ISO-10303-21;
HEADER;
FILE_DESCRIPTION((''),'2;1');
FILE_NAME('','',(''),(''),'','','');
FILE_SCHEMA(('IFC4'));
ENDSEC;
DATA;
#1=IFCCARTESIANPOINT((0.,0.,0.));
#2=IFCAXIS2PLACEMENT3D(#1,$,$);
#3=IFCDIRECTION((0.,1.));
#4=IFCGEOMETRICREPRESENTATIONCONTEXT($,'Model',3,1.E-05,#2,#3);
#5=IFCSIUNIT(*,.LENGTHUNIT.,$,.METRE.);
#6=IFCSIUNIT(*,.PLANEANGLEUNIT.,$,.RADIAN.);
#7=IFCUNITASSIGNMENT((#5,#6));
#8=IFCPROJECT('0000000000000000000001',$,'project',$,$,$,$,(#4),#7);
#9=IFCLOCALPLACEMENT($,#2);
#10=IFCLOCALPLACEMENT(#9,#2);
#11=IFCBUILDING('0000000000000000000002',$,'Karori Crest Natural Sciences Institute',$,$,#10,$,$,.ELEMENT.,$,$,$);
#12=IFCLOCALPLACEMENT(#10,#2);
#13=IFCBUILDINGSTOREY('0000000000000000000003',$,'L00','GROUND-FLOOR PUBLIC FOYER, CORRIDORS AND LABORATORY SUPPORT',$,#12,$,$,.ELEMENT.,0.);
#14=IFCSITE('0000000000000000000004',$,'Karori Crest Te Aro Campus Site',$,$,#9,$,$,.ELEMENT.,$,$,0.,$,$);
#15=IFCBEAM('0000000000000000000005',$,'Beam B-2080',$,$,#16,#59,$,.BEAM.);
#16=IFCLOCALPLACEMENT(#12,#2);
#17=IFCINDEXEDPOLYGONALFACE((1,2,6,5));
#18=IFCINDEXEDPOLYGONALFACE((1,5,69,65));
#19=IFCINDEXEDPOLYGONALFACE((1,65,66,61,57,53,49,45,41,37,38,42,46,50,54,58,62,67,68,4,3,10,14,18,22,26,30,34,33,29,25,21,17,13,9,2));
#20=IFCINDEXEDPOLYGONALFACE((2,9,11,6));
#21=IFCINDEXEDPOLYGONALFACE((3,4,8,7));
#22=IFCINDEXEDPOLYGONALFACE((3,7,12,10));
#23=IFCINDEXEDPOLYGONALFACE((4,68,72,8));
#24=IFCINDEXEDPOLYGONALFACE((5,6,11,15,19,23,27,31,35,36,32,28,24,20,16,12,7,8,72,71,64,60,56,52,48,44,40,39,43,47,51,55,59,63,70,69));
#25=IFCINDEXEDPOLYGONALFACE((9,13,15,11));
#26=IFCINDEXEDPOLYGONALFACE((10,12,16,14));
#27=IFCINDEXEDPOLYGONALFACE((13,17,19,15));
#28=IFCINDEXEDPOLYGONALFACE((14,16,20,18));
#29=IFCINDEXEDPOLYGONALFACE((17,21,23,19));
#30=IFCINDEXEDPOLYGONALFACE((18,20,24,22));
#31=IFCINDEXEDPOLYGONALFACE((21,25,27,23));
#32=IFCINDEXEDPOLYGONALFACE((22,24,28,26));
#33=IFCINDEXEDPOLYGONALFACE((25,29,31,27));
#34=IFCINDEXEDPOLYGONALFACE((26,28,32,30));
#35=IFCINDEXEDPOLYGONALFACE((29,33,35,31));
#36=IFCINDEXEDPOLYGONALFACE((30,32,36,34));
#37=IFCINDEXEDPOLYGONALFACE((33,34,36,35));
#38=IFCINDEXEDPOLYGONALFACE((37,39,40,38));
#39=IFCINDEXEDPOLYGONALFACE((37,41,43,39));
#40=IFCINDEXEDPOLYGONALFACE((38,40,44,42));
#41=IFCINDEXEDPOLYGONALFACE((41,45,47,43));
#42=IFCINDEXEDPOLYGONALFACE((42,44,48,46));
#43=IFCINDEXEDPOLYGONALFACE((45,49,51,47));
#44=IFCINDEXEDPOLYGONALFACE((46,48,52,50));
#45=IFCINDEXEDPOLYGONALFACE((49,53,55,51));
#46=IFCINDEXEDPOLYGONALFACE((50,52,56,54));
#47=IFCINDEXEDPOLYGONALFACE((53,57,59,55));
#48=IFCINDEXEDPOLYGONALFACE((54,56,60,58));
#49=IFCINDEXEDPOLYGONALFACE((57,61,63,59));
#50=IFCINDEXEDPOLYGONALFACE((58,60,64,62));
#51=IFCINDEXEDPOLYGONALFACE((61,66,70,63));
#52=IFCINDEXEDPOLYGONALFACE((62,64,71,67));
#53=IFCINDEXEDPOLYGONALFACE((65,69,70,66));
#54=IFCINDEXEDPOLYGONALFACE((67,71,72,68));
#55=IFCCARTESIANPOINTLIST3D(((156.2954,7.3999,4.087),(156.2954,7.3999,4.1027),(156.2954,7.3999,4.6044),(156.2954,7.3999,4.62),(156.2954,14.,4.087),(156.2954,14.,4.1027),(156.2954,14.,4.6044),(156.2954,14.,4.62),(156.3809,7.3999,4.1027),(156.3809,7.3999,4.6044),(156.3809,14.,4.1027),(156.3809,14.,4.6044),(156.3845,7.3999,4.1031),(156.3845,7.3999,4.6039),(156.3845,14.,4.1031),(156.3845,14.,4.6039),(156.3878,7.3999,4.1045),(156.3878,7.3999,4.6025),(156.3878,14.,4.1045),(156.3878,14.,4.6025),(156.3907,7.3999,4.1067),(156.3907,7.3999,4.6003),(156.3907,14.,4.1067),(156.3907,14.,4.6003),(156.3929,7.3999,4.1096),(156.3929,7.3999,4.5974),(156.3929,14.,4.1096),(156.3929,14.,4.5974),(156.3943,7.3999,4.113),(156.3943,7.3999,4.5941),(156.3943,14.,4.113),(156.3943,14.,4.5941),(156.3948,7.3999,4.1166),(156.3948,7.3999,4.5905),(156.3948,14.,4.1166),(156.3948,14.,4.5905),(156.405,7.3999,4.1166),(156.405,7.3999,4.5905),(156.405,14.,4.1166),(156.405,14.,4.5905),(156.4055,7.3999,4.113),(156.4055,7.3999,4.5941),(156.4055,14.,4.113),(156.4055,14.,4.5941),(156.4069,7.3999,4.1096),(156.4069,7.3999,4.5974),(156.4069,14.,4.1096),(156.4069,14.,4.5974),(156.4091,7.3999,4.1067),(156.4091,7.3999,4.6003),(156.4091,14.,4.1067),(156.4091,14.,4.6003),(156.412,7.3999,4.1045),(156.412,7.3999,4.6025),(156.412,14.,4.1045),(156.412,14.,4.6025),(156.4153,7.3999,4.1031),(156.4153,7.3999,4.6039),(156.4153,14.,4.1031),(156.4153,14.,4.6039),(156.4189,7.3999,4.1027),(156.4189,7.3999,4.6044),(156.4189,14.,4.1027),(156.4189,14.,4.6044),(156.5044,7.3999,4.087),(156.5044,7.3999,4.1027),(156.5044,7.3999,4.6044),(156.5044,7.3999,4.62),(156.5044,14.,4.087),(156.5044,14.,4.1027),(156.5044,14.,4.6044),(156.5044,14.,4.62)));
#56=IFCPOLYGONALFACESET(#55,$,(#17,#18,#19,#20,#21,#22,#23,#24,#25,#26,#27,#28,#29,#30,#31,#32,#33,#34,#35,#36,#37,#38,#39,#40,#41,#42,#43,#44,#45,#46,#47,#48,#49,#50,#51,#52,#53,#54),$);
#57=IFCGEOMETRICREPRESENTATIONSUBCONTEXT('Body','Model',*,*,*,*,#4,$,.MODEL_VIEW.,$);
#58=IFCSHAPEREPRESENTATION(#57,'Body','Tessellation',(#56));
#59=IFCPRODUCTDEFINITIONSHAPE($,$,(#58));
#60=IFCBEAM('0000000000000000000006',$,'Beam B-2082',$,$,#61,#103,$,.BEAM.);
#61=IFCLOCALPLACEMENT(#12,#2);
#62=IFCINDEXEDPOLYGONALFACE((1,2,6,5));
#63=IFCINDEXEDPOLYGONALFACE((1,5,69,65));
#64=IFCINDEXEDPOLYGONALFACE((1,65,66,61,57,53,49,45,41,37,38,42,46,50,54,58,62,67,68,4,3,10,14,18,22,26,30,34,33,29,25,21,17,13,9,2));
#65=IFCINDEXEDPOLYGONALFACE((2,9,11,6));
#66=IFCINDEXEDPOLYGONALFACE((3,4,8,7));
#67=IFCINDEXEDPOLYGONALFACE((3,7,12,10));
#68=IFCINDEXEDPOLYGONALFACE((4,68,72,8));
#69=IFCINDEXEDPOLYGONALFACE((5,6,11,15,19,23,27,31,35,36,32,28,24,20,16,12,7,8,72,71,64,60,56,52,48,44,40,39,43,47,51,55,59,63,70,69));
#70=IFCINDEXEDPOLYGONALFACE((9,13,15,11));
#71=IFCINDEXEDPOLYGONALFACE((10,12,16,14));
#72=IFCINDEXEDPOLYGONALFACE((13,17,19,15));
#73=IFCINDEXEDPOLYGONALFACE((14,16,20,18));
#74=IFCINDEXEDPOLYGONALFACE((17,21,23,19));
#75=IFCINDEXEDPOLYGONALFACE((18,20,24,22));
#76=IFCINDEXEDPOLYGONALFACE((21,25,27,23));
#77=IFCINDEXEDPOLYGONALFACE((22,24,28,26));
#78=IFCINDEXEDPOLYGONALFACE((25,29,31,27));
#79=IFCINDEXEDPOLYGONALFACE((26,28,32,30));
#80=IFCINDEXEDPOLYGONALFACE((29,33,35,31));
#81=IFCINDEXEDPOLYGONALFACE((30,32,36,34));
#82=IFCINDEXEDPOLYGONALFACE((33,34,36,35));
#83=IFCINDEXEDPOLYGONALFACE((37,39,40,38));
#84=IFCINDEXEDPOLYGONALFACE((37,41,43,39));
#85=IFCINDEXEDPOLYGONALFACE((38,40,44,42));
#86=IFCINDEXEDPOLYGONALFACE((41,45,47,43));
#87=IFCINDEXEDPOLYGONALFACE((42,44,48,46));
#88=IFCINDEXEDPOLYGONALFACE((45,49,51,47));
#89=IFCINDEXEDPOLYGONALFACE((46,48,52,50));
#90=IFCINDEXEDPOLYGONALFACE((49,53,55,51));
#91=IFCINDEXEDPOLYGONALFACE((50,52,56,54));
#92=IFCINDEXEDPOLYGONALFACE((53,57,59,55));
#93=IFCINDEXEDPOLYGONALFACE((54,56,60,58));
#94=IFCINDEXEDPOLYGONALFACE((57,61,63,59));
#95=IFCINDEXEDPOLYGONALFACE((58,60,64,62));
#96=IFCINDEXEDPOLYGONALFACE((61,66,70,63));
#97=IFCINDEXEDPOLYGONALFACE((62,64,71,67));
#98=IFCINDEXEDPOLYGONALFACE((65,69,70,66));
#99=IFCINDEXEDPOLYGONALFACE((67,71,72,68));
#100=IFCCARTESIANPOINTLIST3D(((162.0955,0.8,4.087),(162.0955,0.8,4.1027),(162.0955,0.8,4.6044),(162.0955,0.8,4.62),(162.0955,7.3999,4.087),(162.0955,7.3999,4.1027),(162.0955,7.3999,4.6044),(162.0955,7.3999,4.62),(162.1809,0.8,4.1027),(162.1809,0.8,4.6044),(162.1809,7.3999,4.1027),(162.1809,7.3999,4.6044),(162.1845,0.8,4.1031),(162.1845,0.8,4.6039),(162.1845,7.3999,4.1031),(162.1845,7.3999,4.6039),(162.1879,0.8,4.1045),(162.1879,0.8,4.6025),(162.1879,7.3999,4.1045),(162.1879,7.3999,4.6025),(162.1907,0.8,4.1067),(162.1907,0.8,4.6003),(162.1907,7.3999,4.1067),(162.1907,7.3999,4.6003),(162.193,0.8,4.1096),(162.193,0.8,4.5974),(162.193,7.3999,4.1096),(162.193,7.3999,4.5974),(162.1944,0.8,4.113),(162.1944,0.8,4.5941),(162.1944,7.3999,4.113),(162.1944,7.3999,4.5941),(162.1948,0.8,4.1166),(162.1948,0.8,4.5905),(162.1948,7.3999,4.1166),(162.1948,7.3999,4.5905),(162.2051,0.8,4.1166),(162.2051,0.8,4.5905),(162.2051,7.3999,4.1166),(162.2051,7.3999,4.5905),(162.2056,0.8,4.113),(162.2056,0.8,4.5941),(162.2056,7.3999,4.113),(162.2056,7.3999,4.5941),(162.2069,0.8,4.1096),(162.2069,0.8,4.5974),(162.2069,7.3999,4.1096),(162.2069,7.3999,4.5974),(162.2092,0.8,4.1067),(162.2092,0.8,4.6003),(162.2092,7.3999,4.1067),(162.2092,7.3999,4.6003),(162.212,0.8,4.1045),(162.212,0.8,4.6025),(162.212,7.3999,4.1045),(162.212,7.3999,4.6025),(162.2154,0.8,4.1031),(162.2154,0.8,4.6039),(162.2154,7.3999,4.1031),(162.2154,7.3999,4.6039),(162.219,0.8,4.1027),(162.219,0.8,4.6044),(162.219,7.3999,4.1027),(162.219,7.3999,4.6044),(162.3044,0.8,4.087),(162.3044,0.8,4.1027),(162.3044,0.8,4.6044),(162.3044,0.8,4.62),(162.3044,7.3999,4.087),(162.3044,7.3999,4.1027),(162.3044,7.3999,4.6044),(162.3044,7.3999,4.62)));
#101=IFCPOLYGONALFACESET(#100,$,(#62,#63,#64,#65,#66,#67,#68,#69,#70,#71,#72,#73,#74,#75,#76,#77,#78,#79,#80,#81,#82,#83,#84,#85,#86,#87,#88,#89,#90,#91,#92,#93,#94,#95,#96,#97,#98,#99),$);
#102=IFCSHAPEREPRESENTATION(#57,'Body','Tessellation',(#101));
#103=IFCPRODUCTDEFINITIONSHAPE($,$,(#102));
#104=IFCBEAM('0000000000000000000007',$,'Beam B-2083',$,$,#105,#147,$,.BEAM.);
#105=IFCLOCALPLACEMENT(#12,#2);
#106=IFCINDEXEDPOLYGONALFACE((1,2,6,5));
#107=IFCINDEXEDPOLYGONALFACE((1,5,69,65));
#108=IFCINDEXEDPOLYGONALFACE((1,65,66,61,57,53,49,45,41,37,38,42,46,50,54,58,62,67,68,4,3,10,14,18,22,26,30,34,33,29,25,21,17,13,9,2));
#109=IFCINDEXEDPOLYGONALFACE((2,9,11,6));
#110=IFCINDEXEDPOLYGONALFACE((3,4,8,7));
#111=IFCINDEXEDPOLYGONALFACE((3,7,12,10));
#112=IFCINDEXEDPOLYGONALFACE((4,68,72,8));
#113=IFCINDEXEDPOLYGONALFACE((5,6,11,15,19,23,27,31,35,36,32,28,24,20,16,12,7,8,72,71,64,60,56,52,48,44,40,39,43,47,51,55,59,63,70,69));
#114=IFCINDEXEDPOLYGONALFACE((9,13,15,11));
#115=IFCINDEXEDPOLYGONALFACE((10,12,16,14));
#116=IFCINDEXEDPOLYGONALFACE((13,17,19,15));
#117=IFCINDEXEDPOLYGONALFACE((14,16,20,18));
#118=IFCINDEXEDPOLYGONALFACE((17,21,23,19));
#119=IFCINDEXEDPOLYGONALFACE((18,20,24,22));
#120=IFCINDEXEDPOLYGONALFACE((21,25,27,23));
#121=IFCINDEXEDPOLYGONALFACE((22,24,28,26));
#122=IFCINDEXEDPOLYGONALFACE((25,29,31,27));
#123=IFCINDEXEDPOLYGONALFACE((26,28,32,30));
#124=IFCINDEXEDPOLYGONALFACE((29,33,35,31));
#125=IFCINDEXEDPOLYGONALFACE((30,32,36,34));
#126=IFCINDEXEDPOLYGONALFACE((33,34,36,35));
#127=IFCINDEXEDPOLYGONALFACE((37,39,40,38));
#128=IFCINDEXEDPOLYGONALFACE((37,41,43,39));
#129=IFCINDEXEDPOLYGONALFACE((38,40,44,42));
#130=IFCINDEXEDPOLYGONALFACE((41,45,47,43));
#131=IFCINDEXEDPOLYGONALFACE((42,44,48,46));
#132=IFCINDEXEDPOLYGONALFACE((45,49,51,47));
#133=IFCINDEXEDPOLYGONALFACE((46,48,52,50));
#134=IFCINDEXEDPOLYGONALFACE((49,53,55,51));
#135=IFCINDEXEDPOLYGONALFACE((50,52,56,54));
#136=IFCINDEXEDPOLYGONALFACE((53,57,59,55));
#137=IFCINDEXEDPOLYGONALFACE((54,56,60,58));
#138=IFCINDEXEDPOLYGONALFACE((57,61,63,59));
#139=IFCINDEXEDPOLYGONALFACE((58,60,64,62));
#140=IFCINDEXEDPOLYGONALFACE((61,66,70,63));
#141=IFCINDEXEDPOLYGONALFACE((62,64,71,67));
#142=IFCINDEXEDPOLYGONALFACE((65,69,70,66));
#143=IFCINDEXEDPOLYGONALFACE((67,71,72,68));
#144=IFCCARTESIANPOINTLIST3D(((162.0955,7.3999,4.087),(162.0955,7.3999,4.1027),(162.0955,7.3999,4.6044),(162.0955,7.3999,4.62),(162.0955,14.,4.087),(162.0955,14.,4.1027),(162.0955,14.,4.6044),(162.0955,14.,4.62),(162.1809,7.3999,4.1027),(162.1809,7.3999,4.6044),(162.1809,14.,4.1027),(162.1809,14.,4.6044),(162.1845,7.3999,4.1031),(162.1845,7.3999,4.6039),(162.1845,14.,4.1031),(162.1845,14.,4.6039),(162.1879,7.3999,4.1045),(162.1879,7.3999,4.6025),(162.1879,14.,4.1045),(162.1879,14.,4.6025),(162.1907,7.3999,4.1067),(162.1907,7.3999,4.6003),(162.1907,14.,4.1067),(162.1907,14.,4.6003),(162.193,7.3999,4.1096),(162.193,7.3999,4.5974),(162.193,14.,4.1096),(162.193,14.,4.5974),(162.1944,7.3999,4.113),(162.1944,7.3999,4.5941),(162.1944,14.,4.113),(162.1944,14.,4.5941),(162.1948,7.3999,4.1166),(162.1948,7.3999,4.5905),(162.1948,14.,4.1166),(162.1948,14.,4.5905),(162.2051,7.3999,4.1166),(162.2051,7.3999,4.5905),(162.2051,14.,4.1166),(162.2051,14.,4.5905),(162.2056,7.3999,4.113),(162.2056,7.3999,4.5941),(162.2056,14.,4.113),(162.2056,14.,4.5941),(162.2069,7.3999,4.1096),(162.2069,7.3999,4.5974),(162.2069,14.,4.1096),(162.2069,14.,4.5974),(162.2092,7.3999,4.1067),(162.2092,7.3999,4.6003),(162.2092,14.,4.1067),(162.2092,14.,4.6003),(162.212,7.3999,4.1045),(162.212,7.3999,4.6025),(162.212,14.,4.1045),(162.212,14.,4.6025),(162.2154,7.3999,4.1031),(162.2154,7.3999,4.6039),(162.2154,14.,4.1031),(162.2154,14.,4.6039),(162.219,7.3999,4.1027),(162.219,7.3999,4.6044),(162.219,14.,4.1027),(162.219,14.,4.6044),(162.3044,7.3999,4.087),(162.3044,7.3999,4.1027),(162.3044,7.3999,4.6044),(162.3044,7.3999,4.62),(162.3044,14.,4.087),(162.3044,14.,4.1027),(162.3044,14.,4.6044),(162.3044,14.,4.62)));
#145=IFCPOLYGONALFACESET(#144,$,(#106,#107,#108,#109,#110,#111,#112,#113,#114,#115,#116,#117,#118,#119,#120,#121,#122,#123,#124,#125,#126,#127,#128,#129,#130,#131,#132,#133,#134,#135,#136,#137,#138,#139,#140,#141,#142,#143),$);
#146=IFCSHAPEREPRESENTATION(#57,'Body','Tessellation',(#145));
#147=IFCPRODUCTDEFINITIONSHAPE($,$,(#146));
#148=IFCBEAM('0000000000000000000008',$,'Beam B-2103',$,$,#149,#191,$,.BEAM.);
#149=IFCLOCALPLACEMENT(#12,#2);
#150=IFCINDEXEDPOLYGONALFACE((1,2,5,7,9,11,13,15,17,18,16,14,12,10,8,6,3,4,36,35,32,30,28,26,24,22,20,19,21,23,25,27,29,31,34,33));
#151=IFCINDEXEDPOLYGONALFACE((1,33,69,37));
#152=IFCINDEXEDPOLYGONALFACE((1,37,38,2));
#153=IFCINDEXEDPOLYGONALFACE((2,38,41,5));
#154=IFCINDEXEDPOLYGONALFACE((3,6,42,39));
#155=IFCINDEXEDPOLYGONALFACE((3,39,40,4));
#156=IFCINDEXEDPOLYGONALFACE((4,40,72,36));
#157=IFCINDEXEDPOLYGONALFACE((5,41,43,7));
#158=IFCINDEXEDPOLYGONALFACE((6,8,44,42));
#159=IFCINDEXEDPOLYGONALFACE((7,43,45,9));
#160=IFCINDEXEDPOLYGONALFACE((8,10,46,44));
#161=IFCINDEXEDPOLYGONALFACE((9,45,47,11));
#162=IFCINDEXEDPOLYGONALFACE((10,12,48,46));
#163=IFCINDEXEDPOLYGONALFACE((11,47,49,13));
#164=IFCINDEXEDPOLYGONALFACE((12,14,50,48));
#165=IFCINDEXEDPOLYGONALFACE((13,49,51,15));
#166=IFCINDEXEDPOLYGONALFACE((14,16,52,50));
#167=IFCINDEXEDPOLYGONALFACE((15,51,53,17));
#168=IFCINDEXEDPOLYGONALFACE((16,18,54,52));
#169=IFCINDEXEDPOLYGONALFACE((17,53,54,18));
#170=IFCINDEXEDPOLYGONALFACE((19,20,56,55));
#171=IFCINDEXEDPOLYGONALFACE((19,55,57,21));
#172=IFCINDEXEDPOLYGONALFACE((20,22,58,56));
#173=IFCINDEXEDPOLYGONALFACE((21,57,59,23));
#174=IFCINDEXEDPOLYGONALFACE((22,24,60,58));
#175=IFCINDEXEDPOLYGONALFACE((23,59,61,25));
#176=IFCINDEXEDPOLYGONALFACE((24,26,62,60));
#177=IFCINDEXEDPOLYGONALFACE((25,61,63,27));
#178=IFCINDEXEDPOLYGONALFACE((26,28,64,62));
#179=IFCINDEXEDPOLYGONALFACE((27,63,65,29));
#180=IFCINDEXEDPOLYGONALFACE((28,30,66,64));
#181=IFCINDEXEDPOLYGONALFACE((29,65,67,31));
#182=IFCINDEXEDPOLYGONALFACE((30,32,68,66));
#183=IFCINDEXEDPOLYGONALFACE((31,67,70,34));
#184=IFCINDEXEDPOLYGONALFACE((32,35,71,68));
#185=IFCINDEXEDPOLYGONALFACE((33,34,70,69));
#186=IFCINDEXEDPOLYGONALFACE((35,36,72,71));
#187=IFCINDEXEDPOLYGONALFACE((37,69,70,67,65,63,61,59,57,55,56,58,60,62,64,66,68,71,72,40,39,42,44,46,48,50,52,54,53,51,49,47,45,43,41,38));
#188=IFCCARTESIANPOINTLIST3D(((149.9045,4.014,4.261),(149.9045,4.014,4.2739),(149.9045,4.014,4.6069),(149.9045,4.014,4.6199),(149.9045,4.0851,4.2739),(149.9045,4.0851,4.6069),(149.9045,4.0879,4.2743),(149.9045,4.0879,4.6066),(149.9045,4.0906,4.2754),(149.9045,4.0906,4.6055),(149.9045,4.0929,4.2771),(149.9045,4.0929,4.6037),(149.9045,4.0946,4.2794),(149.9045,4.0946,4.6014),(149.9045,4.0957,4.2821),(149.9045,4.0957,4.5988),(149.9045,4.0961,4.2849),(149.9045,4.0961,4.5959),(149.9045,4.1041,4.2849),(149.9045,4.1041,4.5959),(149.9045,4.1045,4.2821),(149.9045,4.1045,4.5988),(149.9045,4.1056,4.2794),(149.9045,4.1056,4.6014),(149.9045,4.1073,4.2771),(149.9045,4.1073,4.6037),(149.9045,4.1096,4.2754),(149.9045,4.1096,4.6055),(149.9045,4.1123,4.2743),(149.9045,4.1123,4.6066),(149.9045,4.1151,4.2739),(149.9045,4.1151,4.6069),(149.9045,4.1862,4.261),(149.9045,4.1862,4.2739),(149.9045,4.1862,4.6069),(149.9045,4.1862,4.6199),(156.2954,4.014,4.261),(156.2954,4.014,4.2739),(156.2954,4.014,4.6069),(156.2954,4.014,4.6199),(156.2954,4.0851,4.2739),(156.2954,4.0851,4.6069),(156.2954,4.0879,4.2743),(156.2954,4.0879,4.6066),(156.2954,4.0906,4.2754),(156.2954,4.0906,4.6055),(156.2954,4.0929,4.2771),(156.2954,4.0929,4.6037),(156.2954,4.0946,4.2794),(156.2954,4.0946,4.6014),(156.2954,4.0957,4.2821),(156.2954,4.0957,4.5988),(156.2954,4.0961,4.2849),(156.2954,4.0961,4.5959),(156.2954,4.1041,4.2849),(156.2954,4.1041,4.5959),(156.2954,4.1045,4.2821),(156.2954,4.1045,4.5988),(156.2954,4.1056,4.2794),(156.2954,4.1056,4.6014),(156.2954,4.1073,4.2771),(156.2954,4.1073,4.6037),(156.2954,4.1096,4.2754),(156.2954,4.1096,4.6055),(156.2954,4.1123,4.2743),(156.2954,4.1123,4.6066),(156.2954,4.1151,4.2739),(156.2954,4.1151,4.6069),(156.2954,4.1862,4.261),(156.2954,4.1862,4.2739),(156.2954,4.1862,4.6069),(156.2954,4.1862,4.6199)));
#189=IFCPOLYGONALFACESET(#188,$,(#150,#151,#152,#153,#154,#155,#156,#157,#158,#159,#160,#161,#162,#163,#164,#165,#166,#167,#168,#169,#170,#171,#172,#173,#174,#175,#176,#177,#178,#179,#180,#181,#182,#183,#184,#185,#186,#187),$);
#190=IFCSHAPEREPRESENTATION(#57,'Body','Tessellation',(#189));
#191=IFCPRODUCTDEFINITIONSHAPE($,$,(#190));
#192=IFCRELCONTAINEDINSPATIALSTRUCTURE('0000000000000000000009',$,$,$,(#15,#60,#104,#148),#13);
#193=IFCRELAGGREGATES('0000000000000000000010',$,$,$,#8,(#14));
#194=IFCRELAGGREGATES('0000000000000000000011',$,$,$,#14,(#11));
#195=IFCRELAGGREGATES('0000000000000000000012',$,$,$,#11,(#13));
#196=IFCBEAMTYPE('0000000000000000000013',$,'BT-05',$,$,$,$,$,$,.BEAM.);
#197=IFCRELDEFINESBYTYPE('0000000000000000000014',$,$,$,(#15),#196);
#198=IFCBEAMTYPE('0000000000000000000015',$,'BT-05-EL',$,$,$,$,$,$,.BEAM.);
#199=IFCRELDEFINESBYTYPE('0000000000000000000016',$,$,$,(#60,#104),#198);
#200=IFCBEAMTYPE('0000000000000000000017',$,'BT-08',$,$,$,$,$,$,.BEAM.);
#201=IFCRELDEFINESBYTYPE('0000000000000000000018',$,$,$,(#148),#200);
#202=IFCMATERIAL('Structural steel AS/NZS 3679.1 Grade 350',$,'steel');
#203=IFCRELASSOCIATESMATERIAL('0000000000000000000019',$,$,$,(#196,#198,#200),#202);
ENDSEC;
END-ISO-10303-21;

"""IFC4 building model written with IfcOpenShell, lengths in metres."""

from ifc_helpers import new_model, si_unit, direction, frame, origin, origin_2d, place, context, subcontext, project, spatial, i_section, extrude, material, material_profile, profile_set, type_object, element, save


model = new_model("IFC4")

# Units and contexts
model_context = context("Model", 3, precision=1e-05, world=origin(), true_north=direction((0.0, 1.0)))
body_context = subcontext(model_context, "Body", "Model", "MODEL_VIEW")
ifc_project = project(units=[si_unit("LENGTHUNIT", "METRE"), si_unit("PLANEANGLEUNIT", "RADIAN")], contexts=[model_context])

# Site, building, storey
site_placement = place(None, origin())
site = spatial("IfcSite", under=ifc_project, at=site_placement, Name="Karori Crest Te Aro Campus Site", CompositionType="ELEMENT", RefElevation=0.0)
building_placement = place(site_placement, origin())
building = spatial("IfcBuilding", under=site, at=building_placement, Name="Karori Crest Natural Sciences Institute", CompositionType="ELEMENT")
storey_placement = place(building_placement, origin())
storey = spatial("IfcBuildingStorey", under=building, at=storey_placement, Name="L00", Description="GROUND-FLOOR PUBLIC FOYER, CORRIDORS AND LABORATORY SUPPORT", CompositionType="ELEMENT", Elevation=0.0)

# Shared definitions
ifc_material_1 = material(Name="Structural steel AS/NZS 3679.1 Grade 350", Category="steel")

# Beams
ifc_material_profile_1 = material_profile(ifc_material_1, i_section(OverallWidth=0.209, OverallDepth=0.533, WebThickness=0.0103, FlangeThickness=0.0156, FilletRadius=0.0139, at=origin_2d()), Name="530UB92.4")
ifc_profile_set_1 = profile_set([ifc_material_profile_1], Name="Structural steel AS/NZS 3679.1 Grade 350")
beam_type_1 = type_object("IfcBeamType", Name="BT-05", PredefinedType="BEAM", material=ifc_profile_set_1)
beam_1_placement = place(storey_placement, frame((156.3999, 7.3999, 4.3535), z_axis=(0.0, 1.0, 0.0), x_axis=(-1.0, 0.0, 0.0)))
element("IfcBeam", 1, at=beam_1_placement, inside=storey, type_object=beam_type_1, Name="Beam B-2080", PredefinedType="BEAM", context=body_context, shape_type="SweptSolid", body=[
    extrude(i_section(OverallWidth=0.209, OverallDepth=0.533, WebThickness=0.0103, FlangeThickness=0.0156, FilletRadius=0.0139, at=origin_2d()), origin(), (0.0, 0.0, 1.0), 6.6001),
])
ifc_material_profile_2 = material_profile(ifc_material_1, i_section(OverallWidth=0.209, OverallDepth=0.533, WebThickness=0.0103, FlangeThickness=0.0156, FilletRadius=0.0139, at=origin_2d()), Name="530UB92.4")
ifc_profile_set_2 = profile_set([ifc_material_profile_2], Name="Structural steel AS/NZS 3679.1 Grade 350")
beam_type_2 = type_object("IfcBeamType", Name="BT-05-EL", PredefinedType="BEAM", material=ifc_profile_set_2)
beam_2_placement = place(storey_placement, frame((162.2, 0.8, 4.3535), z_axis=(0.0, 1.0, 0.0), x_axis=(-1.0, 0.0, 0.0)))
element("IfcBeam", 2, at=beam_2_placement, inside=storey, type_object=beam_type_2, Name="Beam B-2082", PredefinedType="BEAM", context=body_context, shape_type="SweptSolid", body=[
    extrude(i_section(OverallWidth=0.209, OverallDepth=0.533, WebThickness=0.0103, FlangeThickness=0.0156, FilletRadius=0.0139, at=origin_2d()), origin(), (0.0, 0.0, 1.0), 6.5999),
])
beam_3_placement = place(storey_placement, frame((162.2, 7.3999, 4.3535), z_axis=(0.0, 1.0, 0.0), x_axis=(-1.0, 0.0, 0.0)))
element("IfcBeam", 3, at=beam_3_placement, inside=storey, type_object=beam_type_2, Name="Beam B-2083", PredefinedType="BEAM", context=body_context, shape_type="SweptSolid", body=[
    extrude(i_section(OverallWidth=0.209, OverallDepth=0.533, WebThickness=0.0103, FlangeThickness=0.0156, FilletRadius=0.0139, at=origin_2d()), origin(), (0.0, 0.0, 1.0), 6.6001),
])
ifc_material_profile_3 = material_profile(ifc_material_1, i_section(OverallWidth=0.1721, OverallDepth=0.3589, WebThickness=0.0081, FlangeThickness=0.0129, FilletRadius=0.011, at=origin_2d()), Name="360UB56.7")
ifc_profile_set_3 = profile_set([ifc_material_profile_3], Name="Structural steel AS/NZS 3679.1 Grade 350")
beam_type_3 = type_object("IfcBeamType", Name="BT-08", PredefinedType="BEAM", material=ifc_profile_set_3)
beam_4_placement = place(storey_placement, frame((149.9045, 4.1001, 4.4404), z_axis=(1.0, 0.0, 0.0), x_axis=(0.0, 1.0, 0.0)))
element("IfcBeam", 4, at=beam_4_placement, inside=storey, type_object=beam_type_3, Name="Beam B-2103", PredefinedType="BEAM", context=body_context, shape_type="SweptSolid", body=[
    extrude(i_section(OverallWidth=0.1721, OverallDepth=0.3589, WebThickness=0.0081, FlangeThickness=0.0129, FilletRadius=0.011, at=origin_2d()), origin(), (0.0, 0.0, 1.0), 6.3909),
])

save(model, "model.ifc")
